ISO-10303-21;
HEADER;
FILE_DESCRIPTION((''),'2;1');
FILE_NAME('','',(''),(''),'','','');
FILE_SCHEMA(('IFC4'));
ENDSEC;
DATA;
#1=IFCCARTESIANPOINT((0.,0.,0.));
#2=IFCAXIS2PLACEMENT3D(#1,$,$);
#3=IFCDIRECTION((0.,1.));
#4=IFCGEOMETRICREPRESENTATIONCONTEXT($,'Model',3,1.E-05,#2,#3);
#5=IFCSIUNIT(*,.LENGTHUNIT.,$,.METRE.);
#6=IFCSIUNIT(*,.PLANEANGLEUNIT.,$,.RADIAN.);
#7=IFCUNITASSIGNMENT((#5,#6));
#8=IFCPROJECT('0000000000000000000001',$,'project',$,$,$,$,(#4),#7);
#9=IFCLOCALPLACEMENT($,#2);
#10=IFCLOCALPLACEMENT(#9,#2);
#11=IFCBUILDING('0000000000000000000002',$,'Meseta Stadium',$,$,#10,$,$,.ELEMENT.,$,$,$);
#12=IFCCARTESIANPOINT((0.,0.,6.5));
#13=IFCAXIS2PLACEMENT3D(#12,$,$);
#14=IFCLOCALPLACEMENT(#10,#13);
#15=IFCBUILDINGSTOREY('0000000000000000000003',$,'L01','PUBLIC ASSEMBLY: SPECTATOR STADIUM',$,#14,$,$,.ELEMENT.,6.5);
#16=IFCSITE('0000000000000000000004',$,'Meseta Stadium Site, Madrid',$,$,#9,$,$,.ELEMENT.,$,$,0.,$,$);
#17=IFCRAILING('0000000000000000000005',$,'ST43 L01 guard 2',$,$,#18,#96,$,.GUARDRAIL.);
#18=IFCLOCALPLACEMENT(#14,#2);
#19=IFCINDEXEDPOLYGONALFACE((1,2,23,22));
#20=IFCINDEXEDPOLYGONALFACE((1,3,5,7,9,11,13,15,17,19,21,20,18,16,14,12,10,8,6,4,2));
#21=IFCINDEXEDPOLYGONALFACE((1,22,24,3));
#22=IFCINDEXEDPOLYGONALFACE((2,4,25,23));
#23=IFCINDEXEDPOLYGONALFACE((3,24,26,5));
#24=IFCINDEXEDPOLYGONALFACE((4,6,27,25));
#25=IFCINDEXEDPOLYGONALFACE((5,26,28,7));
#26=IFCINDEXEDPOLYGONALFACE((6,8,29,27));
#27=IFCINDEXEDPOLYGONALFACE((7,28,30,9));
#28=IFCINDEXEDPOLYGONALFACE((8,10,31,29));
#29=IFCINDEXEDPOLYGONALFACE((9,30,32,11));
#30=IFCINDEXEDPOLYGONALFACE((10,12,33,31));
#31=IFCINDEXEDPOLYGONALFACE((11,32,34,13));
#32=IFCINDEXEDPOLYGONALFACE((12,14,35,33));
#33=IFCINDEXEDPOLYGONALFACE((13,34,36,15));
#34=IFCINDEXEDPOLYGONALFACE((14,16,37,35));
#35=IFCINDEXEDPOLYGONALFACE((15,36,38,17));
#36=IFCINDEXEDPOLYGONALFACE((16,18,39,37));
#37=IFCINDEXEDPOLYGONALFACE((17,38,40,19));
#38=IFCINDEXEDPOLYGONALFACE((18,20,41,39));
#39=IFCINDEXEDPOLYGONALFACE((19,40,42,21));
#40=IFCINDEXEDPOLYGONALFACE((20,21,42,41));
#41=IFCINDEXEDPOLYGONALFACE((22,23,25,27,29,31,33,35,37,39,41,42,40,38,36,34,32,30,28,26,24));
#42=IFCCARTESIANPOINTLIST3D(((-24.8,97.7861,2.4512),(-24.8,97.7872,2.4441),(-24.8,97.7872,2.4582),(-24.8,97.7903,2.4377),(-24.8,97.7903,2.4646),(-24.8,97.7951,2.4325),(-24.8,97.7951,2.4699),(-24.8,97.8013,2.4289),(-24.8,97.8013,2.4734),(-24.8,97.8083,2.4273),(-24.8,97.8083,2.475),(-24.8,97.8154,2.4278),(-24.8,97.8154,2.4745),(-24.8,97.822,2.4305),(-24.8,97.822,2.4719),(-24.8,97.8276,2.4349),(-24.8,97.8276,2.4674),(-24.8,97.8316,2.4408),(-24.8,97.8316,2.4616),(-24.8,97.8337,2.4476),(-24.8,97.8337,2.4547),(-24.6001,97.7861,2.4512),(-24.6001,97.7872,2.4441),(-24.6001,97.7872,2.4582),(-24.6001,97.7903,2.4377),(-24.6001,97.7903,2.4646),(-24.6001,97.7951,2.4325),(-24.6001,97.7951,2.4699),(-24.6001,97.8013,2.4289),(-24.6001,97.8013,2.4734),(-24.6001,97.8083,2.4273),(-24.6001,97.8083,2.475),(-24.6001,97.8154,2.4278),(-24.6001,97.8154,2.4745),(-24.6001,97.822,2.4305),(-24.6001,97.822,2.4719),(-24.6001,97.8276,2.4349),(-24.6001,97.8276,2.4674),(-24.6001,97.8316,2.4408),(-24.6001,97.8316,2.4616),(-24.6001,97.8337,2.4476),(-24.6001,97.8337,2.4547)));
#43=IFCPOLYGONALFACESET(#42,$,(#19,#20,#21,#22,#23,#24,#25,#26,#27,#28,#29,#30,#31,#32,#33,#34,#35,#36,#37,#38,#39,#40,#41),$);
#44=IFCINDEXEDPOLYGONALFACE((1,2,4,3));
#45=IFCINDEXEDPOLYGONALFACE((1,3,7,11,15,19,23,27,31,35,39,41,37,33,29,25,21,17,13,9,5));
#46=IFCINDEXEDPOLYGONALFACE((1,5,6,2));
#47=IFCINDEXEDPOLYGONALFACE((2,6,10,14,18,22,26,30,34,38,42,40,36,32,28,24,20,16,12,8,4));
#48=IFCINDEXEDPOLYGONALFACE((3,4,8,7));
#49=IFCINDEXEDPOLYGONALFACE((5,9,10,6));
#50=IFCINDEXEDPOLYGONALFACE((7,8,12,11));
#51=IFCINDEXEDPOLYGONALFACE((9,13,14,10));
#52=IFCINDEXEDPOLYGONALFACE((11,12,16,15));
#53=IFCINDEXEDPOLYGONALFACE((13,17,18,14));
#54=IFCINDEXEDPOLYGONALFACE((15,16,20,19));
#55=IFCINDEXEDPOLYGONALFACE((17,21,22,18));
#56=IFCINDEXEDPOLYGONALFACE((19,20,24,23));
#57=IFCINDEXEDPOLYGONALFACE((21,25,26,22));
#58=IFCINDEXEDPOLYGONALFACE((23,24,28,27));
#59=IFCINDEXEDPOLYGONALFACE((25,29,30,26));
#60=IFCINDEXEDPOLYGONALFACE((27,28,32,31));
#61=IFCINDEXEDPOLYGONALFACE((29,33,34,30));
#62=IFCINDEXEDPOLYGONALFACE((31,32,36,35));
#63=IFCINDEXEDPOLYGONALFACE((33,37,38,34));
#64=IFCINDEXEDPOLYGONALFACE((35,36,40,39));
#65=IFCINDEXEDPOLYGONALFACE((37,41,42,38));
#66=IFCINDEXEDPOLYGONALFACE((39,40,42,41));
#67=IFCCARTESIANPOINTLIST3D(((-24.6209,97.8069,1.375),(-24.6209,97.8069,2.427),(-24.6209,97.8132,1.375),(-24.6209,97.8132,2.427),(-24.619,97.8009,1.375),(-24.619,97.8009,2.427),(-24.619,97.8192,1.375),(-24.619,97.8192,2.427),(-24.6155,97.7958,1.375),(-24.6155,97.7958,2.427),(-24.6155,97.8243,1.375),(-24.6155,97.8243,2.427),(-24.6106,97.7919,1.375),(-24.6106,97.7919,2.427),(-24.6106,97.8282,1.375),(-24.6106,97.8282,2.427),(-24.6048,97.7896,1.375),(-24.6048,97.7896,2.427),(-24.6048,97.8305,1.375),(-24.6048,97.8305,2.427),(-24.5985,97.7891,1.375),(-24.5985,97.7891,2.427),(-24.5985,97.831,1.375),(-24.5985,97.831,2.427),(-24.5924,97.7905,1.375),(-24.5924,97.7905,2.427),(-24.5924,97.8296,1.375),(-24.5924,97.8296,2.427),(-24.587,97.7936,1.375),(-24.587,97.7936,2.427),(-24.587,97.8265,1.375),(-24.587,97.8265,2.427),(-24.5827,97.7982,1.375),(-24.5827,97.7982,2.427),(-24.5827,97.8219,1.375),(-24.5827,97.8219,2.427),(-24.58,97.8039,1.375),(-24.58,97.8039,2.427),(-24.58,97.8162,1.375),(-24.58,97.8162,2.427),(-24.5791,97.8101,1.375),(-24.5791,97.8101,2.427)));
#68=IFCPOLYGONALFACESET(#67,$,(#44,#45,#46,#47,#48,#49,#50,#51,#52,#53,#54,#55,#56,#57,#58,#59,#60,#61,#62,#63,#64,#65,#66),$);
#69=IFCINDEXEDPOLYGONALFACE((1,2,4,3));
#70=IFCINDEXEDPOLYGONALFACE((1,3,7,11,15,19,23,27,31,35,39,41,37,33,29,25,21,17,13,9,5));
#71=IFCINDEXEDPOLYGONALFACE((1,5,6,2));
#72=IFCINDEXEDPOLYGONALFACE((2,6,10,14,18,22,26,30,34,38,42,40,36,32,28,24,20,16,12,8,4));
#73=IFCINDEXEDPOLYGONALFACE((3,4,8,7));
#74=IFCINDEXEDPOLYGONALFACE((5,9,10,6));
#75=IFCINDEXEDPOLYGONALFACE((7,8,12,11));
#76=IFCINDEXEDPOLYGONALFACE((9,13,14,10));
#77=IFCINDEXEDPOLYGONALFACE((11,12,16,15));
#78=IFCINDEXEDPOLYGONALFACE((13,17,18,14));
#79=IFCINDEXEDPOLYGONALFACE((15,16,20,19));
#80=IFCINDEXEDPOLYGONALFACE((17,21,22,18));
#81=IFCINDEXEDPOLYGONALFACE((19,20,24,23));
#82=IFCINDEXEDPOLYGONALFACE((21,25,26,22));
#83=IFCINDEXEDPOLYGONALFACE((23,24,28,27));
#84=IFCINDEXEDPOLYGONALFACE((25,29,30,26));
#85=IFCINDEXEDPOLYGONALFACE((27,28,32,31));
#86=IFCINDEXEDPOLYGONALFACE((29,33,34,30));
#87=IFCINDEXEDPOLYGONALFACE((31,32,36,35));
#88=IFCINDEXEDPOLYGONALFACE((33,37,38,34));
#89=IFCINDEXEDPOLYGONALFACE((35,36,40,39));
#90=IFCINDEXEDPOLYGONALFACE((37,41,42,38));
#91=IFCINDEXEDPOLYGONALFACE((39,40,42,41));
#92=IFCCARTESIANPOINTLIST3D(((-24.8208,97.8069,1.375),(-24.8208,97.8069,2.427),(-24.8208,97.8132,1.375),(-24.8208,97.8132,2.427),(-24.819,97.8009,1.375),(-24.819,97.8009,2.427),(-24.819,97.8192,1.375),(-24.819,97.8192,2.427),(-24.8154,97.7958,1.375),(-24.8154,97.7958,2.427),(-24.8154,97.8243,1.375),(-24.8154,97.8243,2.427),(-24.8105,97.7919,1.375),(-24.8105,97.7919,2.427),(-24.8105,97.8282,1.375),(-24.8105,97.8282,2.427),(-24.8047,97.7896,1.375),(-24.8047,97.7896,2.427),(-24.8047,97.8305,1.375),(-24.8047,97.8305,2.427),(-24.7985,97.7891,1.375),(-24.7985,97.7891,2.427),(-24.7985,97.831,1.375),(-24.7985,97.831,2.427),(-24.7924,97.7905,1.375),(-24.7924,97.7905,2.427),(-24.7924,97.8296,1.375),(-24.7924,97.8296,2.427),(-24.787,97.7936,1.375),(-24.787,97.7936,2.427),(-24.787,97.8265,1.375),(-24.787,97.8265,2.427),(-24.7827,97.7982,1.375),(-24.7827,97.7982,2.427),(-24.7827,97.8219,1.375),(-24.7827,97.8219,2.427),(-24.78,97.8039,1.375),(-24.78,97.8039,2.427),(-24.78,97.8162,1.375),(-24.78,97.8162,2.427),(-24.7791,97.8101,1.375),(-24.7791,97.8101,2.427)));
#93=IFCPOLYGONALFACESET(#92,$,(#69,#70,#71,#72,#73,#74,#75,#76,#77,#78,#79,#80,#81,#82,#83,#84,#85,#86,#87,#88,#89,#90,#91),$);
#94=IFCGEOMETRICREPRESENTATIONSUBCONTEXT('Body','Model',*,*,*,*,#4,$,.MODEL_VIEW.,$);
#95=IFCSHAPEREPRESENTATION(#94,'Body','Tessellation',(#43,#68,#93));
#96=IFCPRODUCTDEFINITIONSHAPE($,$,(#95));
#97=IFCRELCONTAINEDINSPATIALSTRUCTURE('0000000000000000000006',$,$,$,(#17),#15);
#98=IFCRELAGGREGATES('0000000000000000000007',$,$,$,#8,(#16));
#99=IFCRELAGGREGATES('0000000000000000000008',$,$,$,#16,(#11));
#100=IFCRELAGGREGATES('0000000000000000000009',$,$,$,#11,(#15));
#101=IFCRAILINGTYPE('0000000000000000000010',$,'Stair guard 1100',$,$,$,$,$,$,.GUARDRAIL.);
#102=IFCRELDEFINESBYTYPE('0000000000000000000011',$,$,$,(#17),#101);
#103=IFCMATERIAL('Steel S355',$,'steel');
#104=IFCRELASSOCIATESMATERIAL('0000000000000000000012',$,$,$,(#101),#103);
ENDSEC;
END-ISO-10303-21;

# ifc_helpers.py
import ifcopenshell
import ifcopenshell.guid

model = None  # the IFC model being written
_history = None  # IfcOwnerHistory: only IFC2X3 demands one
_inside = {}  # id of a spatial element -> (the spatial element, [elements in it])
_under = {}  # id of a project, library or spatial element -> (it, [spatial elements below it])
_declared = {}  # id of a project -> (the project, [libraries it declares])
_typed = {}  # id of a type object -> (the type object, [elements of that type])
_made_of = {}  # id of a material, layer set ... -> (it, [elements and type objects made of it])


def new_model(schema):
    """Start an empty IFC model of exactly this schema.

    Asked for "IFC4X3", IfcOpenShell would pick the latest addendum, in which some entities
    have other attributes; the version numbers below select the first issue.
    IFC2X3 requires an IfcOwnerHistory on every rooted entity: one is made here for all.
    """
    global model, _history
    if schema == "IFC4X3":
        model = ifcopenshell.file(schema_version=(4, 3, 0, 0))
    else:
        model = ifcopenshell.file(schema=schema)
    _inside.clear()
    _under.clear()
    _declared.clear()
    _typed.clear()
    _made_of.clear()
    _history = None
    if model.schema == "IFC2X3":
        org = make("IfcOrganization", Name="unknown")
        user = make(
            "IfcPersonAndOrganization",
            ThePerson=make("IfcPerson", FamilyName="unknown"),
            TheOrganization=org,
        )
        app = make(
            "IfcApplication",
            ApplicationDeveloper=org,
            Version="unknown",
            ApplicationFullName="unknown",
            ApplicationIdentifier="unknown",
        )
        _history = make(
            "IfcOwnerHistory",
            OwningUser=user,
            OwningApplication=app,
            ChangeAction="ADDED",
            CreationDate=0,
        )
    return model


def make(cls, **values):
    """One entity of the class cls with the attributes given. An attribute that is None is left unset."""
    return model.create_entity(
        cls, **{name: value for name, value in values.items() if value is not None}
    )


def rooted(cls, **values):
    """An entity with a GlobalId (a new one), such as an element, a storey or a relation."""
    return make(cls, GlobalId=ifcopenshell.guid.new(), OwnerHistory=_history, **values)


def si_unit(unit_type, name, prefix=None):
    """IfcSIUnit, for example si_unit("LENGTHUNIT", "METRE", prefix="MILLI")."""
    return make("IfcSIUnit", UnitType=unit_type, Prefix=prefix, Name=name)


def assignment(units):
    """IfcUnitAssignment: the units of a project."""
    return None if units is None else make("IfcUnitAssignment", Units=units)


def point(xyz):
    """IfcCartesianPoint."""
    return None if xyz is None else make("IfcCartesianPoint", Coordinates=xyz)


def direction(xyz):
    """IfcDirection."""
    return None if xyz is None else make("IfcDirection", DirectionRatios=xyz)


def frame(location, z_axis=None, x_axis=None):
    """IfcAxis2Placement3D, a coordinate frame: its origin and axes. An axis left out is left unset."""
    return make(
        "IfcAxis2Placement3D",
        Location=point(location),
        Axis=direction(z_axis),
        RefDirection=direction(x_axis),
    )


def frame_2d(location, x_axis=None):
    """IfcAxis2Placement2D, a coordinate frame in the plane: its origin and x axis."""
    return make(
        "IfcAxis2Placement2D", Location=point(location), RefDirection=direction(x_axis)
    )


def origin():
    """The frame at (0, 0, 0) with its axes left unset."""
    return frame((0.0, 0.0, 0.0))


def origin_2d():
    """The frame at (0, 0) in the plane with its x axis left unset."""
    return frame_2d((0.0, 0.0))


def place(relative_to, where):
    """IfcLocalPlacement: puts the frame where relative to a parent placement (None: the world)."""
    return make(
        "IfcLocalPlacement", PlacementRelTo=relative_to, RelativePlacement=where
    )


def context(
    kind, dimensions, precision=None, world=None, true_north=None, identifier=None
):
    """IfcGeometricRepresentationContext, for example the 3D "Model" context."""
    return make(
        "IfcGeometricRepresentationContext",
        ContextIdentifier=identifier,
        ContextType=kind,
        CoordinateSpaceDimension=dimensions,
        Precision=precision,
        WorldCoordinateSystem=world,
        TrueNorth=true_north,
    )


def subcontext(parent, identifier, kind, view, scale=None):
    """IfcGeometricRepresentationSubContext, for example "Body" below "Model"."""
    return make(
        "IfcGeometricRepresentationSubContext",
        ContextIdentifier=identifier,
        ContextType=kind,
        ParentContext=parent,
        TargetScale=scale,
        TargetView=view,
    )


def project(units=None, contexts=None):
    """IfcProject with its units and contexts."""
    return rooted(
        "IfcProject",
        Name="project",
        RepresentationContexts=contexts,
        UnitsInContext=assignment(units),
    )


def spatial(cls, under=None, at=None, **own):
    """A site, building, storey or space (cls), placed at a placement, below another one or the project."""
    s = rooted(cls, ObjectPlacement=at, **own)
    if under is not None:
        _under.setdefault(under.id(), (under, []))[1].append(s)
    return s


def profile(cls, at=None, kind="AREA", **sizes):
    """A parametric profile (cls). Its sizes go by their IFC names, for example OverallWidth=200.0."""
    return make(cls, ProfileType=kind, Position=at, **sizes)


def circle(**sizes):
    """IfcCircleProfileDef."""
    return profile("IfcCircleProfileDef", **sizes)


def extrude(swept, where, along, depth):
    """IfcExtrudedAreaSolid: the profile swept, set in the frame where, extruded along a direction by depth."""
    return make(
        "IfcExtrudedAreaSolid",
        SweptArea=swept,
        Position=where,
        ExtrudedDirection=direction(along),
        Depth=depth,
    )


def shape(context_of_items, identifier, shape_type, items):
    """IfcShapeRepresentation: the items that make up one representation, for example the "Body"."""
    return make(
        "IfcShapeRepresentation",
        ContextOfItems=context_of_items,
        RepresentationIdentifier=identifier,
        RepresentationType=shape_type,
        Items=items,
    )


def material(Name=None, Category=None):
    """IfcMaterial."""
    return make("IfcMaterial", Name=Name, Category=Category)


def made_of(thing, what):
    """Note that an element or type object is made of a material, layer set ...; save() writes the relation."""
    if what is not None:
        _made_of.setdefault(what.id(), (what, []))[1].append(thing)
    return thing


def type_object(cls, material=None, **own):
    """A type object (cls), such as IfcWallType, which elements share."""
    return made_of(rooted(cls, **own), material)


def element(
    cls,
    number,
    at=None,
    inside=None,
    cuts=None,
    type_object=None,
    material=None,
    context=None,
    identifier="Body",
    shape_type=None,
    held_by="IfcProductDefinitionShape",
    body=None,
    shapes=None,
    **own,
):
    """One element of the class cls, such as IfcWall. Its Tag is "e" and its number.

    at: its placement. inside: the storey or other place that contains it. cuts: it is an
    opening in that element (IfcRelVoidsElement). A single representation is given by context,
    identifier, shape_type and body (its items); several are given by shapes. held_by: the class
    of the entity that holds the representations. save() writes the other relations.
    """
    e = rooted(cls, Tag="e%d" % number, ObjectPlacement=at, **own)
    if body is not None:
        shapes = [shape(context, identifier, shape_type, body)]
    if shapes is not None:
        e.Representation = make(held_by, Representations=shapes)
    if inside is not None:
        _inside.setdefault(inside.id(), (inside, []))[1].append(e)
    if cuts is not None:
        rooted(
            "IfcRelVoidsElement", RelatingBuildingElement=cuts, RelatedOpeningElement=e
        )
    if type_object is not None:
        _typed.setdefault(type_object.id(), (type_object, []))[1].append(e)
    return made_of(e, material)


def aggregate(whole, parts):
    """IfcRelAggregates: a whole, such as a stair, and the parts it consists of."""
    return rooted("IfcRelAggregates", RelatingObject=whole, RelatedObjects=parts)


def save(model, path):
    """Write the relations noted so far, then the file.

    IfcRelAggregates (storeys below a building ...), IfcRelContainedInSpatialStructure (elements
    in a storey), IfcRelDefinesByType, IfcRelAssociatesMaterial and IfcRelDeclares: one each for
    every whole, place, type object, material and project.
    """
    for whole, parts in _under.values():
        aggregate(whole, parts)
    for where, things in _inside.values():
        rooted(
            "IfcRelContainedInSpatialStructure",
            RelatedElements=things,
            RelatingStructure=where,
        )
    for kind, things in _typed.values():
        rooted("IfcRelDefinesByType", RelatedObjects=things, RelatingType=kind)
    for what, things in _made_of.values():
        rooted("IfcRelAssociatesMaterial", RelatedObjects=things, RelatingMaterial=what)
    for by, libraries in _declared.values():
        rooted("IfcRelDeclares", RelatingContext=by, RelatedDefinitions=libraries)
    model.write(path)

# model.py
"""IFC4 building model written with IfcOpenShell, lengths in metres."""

from ifc_helpers import new_model, si_unit, direction, frame, origin, origin_2d, place, context, subcontext, project, spatial, circle, extrude, material, type_object, element, save


model = new_model("IFC4")

# Units and contexts
model_context = context("Model", 3, precision=1e-05, world=origin(), true_north=direction((0.0, 1.0)))
body_context = subcontext(model_context, "Body", "Model", "MODEL_VIEW")
ifc_project = project(units=[si_unit("LENGTHUNIT", "METRE"), si_unit("PLANEANGLEUNIT", "RADIAN")], contexts=[model_context])

# Site, building, storey
site_placement = place(None, origin())
site = spatial("IfcSite", under=ifc_project, at=site_placement, Name="Meseta Stadium Site, Madrid", CompositionType="ELEMENT", RefElevation=0.0)
building_placement = place(site_placement, origin())
building = spatial("IfcBuilding", under=site, at=building_placement, Name="Meseta Stadium", CompositionType="ELEMENT")
storey_placement = place(building_placement, frame((0.0, 0.0, 6.5)))
storey = spatial("IfcBuildingStorey", under=building, at=storey_placement, Name="L01", Description="PUBLIC ASSEMBLY: SPECTATOR STADIUM", CompositionType="ELEMENT", Elevation=6.5)

# Railing
ifc_material_1 = material(Name="Steel S355", Category="steel")
railing_type_1 = type_object("IfcRailingType", Name="Stair guard 1100", PredefinedType="GUARDRAIL", material=ifc_material_1)
railing_1_placement = place(storey_placement, frame((-24.6001, 97.8101, 1.375)))
element("IfcRailing", 1, at=railing_1_placement, inside=storey, type_object=railing_type_1, Name="ST43 L01 guard 2", PredefinedType="GUARDRAIL", context=body_context, shape_type="SweptSolid", body=[
    extrude(circle(Radius=0.0239, at=origin_2d()), frame((0.0, 0.0, 1.0762), z_axis=(-1.0, 0.0, 0.0), x_axis=(0.0, -1.0, 0.0)), (0.0, 0.0, 1.0), 0.2),
    extrude(circle(Radius=0.021, at=origin_2d()), origin(), (0.0, 0.0, 1.0), 1.052),
    extrude(circle(Radius=0.021, at=origin_2d()), frame((-0.2, 0.0, 0.0)), (0.0, 0.0, 1.0), 1.052),
])

save(model, "model.ifc")
